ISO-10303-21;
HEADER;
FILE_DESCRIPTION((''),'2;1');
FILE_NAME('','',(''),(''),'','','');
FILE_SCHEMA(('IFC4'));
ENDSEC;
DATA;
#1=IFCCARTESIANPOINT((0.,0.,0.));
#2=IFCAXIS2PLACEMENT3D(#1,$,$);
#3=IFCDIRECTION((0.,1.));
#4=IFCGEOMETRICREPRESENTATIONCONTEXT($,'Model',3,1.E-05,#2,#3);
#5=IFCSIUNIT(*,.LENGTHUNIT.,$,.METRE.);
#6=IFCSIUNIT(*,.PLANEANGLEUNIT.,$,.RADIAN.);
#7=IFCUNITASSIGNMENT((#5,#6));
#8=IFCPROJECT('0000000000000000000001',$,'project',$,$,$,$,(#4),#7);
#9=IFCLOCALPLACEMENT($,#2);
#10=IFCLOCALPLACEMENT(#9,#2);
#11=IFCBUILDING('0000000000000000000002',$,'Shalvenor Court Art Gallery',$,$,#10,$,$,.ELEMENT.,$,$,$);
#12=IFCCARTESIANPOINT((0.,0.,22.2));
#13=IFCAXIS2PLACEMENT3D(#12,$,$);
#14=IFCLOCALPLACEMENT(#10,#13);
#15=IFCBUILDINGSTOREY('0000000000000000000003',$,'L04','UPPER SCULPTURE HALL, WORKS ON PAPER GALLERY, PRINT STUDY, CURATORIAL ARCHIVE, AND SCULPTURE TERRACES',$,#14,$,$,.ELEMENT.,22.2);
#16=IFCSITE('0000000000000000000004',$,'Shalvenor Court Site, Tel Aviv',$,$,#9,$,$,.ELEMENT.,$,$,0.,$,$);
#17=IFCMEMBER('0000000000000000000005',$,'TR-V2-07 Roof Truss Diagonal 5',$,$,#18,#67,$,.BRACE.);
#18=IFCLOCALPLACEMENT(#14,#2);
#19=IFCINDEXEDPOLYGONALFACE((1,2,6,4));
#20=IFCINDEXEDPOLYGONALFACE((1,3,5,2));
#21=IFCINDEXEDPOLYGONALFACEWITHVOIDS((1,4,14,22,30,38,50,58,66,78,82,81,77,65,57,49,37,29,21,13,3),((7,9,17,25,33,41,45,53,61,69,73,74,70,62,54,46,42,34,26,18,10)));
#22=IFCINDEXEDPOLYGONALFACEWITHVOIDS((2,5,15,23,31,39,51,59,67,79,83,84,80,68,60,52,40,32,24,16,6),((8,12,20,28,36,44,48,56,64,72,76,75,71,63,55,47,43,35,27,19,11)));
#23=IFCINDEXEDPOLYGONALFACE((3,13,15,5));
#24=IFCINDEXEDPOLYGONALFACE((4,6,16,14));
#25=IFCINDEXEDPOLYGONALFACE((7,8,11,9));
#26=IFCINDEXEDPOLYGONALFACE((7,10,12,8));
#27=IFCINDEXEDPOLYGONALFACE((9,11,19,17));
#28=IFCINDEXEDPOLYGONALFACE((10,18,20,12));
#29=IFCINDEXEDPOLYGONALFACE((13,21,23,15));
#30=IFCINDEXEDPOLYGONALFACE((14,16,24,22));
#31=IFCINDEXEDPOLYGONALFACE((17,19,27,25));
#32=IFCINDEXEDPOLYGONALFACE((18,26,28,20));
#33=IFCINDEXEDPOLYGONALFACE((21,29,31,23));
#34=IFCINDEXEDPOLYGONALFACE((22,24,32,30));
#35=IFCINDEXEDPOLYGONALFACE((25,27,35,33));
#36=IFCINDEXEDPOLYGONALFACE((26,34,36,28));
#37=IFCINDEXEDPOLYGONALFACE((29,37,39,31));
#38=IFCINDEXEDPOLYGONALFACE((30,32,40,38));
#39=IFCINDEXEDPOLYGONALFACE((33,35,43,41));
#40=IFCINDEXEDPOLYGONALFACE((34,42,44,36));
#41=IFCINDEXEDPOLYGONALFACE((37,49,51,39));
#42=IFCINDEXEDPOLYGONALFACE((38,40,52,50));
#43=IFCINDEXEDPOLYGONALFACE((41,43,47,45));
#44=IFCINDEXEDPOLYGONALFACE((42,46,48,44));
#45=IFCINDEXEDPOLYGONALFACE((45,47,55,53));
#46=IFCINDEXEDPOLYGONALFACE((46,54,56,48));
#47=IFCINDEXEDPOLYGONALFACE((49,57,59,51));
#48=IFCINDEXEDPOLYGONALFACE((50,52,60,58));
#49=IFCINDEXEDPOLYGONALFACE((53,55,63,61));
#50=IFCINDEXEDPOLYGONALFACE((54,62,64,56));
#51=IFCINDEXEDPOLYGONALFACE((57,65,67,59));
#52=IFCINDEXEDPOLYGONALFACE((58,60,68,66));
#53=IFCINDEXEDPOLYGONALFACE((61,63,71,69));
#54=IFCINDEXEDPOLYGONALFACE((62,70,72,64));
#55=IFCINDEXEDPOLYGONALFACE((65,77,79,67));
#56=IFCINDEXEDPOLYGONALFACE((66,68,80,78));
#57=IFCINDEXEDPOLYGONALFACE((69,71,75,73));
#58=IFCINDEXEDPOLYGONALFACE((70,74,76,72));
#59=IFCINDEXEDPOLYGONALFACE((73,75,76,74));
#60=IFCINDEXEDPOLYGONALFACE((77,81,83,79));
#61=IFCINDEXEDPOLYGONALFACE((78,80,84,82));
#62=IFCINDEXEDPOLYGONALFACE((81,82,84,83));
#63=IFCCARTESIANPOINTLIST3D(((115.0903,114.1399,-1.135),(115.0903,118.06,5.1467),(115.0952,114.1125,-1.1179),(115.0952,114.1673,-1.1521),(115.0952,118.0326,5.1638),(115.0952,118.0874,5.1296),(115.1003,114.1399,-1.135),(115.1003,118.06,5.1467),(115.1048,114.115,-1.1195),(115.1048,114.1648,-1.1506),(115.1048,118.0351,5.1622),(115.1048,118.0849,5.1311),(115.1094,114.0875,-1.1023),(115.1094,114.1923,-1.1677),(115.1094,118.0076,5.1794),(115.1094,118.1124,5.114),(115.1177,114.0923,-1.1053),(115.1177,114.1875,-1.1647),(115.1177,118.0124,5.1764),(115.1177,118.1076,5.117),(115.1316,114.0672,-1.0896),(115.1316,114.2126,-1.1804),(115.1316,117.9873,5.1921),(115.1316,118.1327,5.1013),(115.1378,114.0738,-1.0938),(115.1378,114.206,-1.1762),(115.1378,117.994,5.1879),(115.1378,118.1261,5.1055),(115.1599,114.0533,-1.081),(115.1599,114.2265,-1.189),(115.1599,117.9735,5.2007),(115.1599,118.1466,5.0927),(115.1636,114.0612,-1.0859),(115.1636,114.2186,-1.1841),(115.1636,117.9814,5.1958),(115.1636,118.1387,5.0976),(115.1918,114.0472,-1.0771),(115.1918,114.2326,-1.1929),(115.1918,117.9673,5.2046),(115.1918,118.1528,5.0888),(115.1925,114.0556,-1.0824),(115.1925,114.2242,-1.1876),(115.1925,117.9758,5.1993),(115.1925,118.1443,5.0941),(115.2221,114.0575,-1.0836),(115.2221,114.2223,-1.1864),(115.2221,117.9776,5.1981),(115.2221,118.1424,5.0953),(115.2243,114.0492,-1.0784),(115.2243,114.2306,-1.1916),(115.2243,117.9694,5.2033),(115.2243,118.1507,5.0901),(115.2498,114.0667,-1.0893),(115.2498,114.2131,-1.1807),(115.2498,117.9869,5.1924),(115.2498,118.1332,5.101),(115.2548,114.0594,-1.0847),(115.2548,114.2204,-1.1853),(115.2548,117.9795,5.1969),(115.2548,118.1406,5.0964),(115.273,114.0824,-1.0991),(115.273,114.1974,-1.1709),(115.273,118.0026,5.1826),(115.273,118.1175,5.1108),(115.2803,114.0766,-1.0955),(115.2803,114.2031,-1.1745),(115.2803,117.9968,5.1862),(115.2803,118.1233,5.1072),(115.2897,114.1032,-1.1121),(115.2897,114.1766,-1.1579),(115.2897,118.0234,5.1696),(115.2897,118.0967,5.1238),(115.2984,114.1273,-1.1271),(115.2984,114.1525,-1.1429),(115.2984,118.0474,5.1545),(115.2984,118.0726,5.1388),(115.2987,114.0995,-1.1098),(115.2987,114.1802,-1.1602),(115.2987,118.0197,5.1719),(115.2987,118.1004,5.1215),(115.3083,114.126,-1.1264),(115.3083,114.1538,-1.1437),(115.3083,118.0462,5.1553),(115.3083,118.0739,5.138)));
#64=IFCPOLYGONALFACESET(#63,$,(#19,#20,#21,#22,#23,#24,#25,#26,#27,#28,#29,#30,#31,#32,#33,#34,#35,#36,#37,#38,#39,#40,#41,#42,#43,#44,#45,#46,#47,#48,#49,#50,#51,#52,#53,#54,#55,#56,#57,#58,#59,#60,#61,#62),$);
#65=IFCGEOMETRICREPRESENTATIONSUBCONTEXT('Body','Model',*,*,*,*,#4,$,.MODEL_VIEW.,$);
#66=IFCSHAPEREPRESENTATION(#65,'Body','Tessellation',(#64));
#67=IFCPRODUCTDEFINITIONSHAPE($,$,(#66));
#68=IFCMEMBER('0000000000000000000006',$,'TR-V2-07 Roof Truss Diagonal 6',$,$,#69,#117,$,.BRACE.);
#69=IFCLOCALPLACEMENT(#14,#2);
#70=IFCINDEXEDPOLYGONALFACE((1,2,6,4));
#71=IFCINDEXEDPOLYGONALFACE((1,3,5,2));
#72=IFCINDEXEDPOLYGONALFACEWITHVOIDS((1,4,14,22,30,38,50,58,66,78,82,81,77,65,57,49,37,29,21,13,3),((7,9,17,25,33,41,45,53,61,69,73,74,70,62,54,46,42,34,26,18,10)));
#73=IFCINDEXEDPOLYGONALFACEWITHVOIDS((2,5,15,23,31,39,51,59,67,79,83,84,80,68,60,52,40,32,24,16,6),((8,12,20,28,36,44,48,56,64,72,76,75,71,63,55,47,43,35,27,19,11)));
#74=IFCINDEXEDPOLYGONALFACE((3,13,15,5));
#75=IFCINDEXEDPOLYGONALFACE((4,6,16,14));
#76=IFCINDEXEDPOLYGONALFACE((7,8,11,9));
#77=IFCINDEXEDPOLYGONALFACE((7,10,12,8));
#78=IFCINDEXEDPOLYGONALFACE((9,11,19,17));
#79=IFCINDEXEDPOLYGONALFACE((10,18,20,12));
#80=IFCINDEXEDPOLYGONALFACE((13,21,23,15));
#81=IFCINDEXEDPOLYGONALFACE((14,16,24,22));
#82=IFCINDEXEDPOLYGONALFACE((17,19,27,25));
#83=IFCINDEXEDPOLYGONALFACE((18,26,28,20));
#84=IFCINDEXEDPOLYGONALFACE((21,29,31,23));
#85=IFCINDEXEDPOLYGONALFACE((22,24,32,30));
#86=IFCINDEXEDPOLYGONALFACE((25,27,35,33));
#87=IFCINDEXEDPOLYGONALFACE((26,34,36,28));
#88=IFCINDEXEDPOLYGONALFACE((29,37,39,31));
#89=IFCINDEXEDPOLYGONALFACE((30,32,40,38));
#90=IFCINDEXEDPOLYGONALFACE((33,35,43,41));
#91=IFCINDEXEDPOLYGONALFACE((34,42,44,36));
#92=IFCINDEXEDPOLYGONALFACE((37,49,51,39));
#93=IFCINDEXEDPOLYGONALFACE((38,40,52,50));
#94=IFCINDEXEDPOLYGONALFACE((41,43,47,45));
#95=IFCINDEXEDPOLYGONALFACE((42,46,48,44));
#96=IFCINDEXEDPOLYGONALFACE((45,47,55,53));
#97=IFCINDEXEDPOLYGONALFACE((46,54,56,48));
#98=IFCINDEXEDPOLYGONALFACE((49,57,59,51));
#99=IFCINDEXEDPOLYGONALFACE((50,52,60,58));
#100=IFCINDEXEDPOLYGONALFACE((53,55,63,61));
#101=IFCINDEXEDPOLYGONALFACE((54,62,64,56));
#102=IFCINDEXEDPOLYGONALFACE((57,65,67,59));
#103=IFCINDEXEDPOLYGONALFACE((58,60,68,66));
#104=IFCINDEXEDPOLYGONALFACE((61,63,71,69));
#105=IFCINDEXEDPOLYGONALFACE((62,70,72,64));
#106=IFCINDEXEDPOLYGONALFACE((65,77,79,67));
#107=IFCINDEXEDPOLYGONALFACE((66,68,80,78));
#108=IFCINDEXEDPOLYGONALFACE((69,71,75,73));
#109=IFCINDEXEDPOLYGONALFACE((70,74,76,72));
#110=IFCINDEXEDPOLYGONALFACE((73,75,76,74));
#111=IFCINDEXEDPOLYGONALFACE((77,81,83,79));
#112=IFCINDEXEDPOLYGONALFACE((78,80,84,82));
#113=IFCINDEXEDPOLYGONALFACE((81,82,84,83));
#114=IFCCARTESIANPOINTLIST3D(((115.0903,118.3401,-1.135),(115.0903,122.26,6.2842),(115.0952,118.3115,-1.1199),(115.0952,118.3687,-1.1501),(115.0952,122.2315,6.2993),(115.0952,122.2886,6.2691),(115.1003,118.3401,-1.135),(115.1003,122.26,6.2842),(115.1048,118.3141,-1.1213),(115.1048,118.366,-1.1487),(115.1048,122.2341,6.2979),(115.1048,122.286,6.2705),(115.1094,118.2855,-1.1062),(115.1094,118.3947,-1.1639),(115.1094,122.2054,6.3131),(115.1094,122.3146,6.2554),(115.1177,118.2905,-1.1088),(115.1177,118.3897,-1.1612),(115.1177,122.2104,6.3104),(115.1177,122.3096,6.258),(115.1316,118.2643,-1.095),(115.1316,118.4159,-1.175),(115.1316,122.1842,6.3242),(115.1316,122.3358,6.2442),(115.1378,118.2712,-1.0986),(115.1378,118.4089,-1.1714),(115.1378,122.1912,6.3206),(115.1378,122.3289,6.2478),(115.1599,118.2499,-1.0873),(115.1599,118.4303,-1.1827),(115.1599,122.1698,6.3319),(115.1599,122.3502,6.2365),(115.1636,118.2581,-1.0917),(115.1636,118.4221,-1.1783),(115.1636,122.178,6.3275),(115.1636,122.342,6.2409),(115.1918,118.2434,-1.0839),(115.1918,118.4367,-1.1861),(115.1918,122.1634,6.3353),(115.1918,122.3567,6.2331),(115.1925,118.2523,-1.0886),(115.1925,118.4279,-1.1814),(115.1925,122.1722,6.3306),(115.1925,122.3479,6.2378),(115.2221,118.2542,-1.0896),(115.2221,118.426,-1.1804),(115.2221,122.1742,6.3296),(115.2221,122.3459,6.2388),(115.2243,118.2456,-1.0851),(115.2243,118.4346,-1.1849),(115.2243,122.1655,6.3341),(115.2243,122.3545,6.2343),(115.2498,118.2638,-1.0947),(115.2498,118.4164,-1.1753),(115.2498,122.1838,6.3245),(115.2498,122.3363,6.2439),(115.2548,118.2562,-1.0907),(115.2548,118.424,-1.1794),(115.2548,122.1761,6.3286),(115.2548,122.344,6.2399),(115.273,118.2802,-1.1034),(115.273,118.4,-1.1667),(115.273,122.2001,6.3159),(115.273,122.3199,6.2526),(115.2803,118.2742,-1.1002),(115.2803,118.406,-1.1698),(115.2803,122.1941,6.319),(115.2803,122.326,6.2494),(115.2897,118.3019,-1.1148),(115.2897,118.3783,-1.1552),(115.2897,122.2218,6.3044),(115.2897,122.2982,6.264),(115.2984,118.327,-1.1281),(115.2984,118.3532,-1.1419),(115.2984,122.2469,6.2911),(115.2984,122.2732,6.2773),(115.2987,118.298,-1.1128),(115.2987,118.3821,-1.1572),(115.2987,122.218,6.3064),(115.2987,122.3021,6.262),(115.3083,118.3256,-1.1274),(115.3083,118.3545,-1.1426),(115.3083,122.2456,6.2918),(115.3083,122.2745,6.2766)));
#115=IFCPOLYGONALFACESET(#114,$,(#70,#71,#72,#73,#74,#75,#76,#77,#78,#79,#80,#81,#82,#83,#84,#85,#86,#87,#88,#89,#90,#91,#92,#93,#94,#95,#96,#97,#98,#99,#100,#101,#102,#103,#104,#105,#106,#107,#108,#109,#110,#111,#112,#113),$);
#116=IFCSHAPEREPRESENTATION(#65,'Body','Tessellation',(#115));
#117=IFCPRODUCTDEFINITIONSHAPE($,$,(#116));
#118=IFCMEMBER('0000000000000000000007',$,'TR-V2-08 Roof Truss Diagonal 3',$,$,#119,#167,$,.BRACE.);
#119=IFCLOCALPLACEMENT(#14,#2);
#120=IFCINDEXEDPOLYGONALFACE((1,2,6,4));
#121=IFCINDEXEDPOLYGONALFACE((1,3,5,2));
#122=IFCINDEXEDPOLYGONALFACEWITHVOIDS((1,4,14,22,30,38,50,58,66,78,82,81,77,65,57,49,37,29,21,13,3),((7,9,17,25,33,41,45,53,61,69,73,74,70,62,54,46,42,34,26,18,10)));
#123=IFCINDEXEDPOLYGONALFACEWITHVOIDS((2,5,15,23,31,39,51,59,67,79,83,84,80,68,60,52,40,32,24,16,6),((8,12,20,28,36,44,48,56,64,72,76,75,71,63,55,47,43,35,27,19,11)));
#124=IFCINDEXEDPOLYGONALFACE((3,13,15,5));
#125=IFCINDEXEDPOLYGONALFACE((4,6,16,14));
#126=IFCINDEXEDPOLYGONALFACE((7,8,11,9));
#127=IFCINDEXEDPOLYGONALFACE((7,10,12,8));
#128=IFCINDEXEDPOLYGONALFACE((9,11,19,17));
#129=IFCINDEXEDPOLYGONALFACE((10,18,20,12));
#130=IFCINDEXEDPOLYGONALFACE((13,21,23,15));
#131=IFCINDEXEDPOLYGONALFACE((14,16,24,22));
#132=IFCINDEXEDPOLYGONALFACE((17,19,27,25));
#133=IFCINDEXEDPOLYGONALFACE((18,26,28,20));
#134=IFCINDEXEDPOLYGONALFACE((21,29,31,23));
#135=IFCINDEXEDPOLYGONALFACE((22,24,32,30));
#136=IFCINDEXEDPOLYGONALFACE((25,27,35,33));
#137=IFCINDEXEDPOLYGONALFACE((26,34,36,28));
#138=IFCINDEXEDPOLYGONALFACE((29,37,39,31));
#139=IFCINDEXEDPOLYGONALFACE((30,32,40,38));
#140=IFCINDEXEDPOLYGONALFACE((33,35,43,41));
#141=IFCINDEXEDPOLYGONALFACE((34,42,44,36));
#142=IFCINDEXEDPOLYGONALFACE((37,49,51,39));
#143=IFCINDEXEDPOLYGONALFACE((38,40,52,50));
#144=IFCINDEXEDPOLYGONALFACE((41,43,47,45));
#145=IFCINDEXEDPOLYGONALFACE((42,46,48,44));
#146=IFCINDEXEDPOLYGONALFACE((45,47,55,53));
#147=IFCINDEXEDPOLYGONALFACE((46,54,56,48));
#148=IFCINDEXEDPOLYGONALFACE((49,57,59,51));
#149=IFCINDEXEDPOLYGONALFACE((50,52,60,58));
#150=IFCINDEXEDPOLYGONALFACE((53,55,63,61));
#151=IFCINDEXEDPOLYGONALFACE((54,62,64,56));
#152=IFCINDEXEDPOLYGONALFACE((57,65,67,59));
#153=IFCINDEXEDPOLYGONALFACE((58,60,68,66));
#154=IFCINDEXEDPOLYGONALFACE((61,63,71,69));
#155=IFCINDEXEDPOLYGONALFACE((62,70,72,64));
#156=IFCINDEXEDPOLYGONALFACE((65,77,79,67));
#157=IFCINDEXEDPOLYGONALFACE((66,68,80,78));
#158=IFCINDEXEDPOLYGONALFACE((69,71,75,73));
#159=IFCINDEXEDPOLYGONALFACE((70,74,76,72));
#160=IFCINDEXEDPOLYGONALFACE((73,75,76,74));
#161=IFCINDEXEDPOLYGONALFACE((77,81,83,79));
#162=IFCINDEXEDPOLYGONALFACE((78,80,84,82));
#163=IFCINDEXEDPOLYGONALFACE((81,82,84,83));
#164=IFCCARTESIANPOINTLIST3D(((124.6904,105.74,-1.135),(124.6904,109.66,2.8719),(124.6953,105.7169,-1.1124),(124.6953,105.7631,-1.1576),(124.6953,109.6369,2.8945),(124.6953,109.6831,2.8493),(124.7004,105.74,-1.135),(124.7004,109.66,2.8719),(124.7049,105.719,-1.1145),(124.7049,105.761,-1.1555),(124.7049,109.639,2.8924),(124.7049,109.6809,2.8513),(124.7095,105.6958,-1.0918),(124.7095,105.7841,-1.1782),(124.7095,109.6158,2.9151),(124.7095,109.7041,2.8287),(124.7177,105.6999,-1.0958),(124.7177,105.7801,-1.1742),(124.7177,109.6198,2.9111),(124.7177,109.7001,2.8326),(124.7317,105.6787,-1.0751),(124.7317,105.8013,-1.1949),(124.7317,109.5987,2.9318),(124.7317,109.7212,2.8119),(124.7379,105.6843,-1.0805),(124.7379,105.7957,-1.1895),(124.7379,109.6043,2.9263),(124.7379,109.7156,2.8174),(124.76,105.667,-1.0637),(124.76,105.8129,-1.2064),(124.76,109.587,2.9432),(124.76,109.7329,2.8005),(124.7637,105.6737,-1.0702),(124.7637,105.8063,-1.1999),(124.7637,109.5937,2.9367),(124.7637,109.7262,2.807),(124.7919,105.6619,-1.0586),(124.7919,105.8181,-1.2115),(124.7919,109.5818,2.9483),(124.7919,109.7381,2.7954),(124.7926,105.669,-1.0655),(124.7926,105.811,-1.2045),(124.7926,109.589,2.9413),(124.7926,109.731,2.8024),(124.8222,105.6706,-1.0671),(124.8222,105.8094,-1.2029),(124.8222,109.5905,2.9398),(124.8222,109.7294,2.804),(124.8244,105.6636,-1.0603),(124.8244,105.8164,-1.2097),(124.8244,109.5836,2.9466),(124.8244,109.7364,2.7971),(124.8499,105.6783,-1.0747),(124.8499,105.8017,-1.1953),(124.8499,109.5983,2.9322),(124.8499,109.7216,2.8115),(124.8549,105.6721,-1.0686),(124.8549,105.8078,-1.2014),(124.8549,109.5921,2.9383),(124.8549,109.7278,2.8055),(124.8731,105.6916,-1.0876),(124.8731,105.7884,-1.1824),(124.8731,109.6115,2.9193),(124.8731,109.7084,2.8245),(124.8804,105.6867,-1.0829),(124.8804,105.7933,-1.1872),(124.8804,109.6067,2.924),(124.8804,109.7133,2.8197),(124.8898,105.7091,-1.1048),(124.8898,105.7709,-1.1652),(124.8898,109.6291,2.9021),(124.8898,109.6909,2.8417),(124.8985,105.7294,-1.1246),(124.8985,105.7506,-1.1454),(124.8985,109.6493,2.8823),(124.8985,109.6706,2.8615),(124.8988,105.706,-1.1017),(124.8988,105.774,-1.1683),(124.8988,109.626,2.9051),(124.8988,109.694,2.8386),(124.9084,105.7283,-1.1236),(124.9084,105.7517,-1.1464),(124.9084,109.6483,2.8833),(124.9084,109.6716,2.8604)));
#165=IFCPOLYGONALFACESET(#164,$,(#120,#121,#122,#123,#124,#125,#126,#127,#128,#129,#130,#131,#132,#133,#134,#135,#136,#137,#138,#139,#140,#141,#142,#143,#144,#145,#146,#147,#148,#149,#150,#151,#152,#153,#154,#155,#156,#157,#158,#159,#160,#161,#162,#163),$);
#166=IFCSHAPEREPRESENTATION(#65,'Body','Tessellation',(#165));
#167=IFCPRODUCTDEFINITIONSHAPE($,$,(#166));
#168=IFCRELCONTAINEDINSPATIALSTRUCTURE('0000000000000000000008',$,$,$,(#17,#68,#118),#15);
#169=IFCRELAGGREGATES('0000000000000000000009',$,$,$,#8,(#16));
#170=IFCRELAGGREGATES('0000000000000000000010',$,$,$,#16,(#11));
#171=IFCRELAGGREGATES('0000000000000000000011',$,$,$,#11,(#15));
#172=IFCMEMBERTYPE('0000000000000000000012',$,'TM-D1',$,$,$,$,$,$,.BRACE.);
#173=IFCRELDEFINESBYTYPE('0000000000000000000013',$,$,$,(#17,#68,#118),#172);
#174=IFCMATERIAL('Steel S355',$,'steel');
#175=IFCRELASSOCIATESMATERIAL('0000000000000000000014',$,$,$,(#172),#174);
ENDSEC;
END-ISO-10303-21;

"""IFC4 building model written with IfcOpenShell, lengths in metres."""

from ifc_helpers import new_model, si_unit, direction, frame, origin, origin_2d, place, context, subcontext, project, spatial, hollow_circle, extrude, material, material_profile, profile_set, type_object, element, save


model = new_model("IFC4")

# Units and contexts
model_context = context("Model", 3, precision=1e-05, world=origin(), true_north=direction((0.0, 1.0)))
body_context = subcontext(model_context, "Body", "Model", "MODEL_VIEW")
ifc_project = project(units=[si_unit("LENGTHUNIT", "METRE"), si_unit("PLANEANGLEUNIT", "RADIAN")], contexts=[model_context])

# Site, building, storey
site_placement = place(None, origin())
site = spatial("IfcSite", under=ifc_project, at=site_placement, Name="Shalvenor Court Site, Tel Aviv", CompositionType="ELEMENT", RefElevation=0.0)
building_placement = place(site_placement, origin())
building = spatial("IfcBuilding", under=site, at=building_placement, Name="Shalvenor Court Art Gallery", CompositionType="ELEMENT")
storey_placement = place(building_placement, frame((0.0, 0.0, 22.2)))
storey = spatial("IfcBuildingStorey", under=building, at=storey_placement, Name="L04", Description="UPPER SCULPTURE HALL, WORKS ON PAPER GALLERY, PRINT STUDY, CURATORIAL ARCHIVE, AND SCULPTURE TERRACES", CompositionType="ELEMENT", Elevation=22.2)

# Members
ifc_material_1 = material(Name="Steel S355", Category="steel")
ifc_material_profile_1 = material_profile(ifc_material_1, hollow_circle(Radius=0.1096, WallThickness=0.01, at=origin_2d()), Name="CHS 219.1x10.0")
ifc_profile_set_1 = profile_set([ifc_material_profile_1], Name="Steel S355")
member_type_1 = type_object("IfcMemberType", Name="TM-D1", PredefinedType="BRACE", material=ifc_profile_set_1)
member_1_placement = place(storey_placement, frame((115.2, 114.1399, -1.135), z_axis=(0.0, 0.529424, 0.848357), x_axis=(-1.0, 0.0, 0.0)))
element("IfcMember", 1, at=member_1_placement, inside=storey, type_object=member_type_1, Name="TR-V2-07 Roof Truss Diagonal 5", PredefinedType="BRACE", context=body_context, shape_type="SweptSolid", body=[
    extrude(hollow_circle(Radius=0.1096, WallThickness=0.01, at=origin_2d()), origin(), (0.0, 0.0, 1.0), 7.4045),
])
member_2_placement = place(storey_placement, frame((115.2, 118.3401, -1.135), z_axis=(0.0, 0.467154, 0.884176), x_axis=(-1.0, 0.0, 0.0)))
element("IfcMember", 2, at=member_2_placement, inside=storey, type_object=member_type_1, Name="TR-V2-07 Roof Truss Diagonal 6", PredefinedType="BRACE", context=body_context, shape_type="SweptSolid", body=[
    extrude(hollow_circle(Radius=0.1096, WallThickness=0.01, at=origin_2d()), origin(), (0.0, 0.0, 1.0), 8.3911),
])
member_3_placement = place(storey_placement, frame((124.8, 105.74, -1.135), z_axis=(0.0, 0.699312, 0.714817), x_axis=(-1.0, 0.0, 0.0)))
element("IfcMember", 3, at=member_3_placement, inside=storey, type_object=member_type_1, Name="TR-V2-08 Roof Truss Diagonal 3", PredefinedType="BRACE", context=body_context, shape_type="SweptSolid", body=[
    extrude(hollow_circle(Radius=0.1096, WallThickness=0.01, at=origin_2d()), origin(), (0.0, 0.0, 1.0), 5.6055),
])

save(model, "model.ifc")
